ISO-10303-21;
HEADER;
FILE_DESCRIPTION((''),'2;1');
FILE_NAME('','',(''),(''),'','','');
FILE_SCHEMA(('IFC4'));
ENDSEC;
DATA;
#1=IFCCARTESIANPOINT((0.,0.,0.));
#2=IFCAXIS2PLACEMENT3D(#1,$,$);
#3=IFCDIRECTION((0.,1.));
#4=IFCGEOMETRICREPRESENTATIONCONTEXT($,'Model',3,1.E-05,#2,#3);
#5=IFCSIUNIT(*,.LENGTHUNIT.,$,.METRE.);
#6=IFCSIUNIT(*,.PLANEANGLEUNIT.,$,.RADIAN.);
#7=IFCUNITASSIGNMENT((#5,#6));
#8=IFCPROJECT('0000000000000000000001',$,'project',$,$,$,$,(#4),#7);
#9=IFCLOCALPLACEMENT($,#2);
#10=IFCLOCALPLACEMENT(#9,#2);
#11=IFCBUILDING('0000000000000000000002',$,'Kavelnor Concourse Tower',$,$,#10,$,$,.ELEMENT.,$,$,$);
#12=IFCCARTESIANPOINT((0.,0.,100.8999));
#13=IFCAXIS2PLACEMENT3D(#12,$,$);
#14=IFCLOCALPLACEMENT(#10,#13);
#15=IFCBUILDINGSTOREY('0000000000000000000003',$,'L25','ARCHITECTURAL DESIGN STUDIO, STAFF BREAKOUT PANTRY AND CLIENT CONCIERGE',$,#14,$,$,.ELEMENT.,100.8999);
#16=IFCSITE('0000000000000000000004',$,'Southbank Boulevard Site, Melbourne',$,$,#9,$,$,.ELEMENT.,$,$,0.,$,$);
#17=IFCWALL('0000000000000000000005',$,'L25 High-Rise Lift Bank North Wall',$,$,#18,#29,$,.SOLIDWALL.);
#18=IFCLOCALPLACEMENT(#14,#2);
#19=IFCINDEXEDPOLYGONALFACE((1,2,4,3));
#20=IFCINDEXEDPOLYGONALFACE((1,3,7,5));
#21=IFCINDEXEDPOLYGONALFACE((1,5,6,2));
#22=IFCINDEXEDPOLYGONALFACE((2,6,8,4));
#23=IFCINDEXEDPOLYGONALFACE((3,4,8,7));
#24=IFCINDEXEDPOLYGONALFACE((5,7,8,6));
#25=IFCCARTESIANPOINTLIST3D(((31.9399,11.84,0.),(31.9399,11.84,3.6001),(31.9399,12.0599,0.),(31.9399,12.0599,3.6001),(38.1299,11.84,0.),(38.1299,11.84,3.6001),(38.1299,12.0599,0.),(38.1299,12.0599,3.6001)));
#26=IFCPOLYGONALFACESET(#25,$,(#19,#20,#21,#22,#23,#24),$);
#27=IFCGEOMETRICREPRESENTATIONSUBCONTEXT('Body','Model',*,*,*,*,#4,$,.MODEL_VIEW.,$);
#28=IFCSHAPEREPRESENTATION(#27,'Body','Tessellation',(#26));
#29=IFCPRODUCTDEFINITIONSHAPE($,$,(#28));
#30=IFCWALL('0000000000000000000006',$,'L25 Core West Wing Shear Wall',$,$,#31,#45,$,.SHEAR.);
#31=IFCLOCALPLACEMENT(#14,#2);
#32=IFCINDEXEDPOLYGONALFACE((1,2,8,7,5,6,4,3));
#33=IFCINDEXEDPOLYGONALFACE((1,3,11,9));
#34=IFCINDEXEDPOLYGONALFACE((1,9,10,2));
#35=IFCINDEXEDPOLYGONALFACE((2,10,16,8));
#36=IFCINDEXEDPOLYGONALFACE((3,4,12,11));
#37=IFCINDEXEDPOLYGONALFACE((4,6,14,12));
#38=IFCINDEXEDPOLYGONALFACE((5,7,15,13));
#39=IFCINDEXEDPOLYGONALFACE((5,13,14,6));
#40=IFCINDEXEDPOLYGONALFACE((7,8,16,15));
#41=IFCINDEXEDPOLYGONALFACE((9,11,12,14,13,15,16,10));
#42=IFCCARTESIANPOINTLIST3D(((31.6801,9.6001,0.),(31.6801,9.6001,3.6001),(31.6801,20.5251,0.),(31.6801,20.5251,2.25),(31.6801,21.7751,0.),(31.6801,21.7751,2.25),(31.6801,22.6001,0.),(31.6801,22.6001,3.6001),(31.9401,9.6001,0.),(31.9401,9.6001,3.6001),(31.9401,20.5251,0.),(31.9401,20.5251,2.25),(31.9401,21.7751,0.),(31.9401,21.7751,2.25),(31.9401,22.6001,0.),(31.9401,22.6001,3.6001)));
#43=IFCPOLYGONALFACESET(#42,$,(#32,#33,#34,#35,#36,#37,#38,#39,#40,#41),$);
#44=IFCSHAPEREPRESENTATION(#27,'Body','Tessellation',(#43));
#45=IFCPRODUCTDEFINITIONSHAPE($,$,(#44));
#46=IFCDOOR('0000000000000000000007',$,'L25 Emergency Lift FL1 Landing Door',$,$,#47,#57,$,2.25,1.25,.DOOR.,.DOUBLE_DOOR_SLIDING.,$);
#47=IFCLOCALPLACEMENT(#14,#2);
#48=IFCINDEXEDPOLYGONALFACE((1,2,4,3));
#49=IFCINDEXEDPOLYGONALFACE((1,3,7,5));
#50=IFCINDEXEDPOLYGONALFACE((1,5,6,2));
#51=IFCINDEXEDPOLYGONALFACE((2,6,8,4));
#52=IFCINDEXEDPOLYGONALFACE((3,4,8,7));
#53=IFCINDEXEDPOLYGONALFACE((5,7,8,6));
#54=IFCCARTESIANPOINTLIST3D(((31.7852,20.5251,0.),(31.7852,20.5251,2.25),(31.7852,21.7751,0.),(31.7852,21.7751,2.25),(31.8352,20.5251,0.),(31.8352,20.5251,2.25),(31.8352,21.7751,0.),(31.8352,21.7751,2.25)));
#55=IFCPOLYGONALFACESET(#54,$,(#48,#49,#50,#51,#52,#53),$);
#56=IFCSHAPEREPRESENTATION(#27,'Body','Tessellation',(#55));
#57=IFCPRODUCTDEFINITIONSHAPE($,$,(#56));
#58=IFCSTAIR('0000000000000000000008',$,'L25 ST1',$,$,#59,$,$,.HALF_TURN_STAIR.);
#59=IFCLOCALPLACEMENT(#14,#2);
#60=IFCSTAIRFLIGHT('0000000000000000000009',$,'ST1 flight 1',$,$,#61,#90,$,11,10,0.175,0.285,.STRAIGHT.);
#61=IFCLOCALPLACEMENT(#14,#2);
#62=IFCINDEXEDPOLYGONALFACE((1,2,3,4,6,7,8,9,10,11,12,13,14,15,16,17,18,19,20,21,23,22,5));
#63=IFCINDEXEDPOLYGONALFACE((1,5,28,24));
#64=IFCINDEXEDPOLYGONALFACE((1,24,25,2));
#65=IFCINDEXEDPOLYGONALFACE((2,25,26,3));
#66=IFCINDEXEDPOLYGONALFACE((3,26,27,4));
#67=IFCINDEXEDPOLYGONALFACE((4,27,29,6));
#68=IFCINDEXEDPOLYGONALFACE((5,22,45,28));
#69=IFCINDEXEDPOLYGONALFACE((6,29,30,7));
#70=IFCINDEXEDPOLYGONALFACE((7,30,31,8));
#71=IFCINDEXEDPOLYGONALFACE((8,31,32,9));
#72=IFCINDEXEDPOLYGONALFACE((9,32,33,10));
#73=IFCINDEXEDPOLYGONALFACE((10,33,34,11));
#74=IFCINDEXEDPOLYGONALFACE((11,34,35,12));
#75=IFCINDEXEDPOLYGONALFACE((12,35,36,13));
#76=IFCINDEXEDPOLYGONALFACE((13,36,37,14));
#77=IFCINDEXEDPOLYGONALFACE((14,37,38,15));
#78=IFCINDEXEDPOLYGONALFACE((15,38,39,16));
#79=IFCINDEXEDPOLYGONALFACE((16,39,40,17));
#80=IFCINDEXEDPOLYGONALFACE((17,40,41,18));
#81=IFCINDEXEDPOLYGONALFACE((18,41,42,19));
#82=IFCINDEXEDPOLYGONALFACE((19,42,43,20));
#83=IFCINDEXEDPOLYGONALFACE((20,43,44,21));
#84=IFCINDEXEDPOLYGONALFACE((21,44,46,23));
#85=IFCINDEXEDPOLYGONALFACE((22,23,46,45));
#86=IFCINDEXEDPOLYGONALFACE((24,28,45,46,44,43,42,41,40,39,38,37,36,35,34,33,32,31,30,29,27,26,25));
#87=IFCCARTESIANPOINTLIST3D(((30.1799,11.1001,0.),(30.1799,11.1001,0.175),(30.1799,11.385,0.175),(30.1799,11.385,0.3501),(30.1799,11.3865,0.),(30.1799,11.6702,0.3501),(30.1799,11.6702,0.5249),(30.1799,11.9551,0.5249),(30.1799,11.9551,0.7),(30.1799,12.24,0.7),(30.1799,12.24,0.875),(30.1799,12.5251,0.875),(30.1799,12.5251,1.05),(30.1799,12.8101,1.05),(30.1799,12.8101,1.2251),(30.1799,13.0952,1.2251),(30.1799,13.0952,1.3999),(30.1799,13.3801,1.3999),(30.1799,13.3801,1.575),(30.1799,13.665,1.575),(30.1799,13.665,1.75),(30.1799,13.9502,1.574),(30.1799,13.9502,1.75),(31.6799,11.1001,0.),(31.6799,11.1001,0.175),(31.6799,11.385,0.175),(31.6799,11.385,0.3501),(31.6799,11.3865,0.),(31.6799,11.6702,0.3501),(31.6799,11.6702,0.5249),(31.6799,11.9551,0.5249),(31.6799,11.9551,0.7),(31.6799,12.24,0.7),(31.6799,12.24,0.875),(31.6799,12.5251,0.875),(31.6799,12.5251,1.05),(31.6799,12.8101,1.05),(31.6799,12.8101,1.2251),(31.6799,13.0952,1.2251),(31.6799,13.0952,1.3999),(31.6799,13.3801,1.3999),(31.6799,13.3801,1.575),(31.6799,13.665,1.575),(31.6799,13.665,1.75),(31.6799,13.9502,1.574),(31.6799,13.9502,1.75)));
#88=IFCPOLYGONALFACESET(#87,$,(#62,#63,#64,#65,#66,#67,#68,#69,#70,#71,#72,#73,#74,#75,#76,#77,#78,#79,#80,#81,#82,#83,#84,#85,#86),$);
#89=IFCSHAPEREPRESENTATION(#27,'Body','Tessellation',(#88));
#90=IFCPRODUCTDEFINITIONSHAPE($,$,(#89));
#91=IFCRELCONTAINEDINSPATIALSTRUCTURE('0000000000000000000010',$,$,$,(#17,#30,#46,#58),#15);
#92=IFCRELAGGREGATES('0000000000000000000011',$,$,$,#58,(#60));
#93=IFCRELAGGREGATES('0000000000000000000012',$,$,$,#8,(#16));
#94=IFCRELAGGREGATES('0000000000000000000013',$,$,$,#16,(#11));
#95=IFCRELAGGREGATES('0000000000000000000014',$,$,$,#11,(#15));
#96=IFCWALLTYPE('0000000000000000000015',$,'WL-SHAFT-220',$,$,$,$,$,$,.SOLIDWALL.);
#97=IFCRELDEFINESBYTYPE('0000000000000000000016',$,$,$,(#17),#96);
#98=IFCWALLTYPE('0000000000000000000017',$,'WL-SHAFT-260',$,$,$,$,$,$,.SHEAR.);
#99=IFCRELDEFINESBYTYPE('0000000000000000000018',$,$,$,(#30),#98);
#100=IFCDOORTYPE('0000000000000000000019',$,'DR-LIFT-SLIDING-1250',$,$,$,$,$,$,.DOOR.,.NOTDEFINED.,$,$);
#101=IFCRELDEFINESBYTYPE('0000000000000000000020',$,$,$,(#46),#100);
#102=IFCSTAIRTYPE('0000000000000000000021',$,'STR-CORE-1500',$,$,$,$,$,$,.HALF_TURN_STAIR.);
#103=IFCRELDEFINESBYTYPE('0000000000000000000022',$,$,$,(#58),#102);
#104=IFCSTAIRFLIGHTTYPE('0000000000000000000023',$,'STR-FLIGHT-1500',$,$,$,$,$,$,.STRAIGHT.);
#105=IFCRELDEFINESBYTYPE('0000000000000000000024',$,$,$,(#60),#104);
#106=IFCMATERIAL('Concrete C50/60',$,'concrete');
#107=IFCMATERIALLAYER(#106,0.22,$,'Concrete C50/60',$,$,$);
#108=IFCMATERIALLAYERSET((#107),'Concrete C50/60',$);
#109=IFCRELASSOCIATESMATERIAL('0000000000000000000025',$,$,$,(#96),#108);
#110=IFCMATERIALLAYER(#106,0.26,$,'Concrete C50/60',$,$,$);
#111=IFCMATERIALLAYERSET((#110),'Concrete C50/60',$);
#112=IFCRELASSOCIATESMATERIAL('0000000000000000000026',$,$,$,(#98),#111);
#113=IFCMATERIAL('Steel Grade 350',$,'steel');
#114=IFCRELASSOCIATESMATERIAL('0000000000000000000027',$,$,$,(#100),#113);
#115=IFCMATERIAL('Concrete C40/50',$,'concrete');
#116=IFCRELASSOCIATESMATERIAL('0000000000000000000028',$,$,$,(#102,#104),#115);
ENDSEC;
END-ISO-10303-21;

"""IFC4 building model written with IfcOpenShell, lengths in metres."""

from ifc_helpers import new_model, si_unit, direction, frame, frame_2d, origin, place, context, subcontext, project, spatial, polyline, rectangle, outline, extrude, material, layer, layer_set, type_object, element, fill, aggregate, save


model = new_model("IFC4")

# Units and contexts
model_context = context("Model", 3, precision=1e-05, world=origin(), true_north=direction((0.0, 1.0)))
body_context = subcontext(model_context, "Body", "Model", "MODEL_VIEW")
ifc_project = project(units=[si_unit("LENGTHUNIT", "METRE"), si_unit("PLANEANGLEUNIT", "RADIAN")], contexts=[model_context])

# Site, building, storey
site_placement = place(None, origin())
site = spatial("IfcSite", under=ifc_project, at=site_placement, Name="Southbank Boulevard Site, Melbourne", CompositionType="ELEMENT", RefElevation=0.0)
building_placement = place(site_placement, origin())
building = spatial("IfcBuilding", under=site, at=building_placement, Name="Kavelnor Concourse Tower", CompositionType="ELEMENT")
storey_placement = place(building_placement, frame((0.0, 0.0, 100.8999)))
storey = spatial("IfcBuildingStorey", under=building, at=storey_placement, Name="L25", Description="ARCHITECTURAL DESIGN STUDIO, STAFF BREAKOUT PANTRY AND CLIENT CONCIERGE", CompositionType="ELEMENT", Elevation=100.8999)

# Shared definitions
ifc_material_1 = material(Name="Steel Grade 350", Category="steel")

# Wall
ifc_material_2 = material(Name="Concrete C50/60", Category="concrete")
ifc_layer_1 = layer(ifc_material_2, 0.22, Name="Concrete C50/60")
ifc_layer_set_1 = layer_set([ifc_layer_1], Name="Concrete C50/60")
wall_type_1 = type_object("IfcWallType", Name="WL-SHAFT-220", PredefinedType="SOLIDWALL", material=ifc_layer_set_1)
wall_1_placement = place(storey_placement, frame((31.9399, 11.95, 0.0), z_axis=(0.0, 0.0, 1.0), x_axis=(1.0, 0.0, 0.0)))
element("IfcWall", 1, at=wall_1_placement, inside=storey, type_object=wall_type_1, Name="L25 High-Rise Lift Bank North Wall", PredefinedType="SOLIDWALL", context=body_context, shape_type="SweptSolid", body=[
    extrude(rectangle(XDim=6.1899, YDim=0.22, at=frame_2d((3.095, 0.0))), origin(), (0.0, 0.0, 1.0), 3.6001),
])

# Wall, opening, door
ifc_layer_2 = layer(ifc_material_2, 0.26, Name="Concrete C50/60")
ifc_layer_set_2 = layer_set([ifc_layer_2], Name="Concrete C50/60")
wall_type_2 = type_object("IfcWallType", Name="WL-SHAFT-260", PredefinedType="SHEAR", material=ifc_layer_set_2)
wall_2_placement = place(storey_placement, frame((31.8101, 9.6001, 0.0), z_axis=(0.0, 0.0, 1.0), x_axis=(0.0, 1.0, 0.0)))
wall_2 = element("IfcWall", 2, at=wall_2_placement, inside=storey, type_object=wall_type_2, Name="L25 Core West Wing Shear Wall", PredefinedType="SHEAR", context=body_context, shape_type="SweptSolid", body=[
    extrude(rectangle(XDim=13.0, YDim=0.26, at=frame_2d((6.5, 0.0))), origin(), (0.0, 0.0, 1.0), 3.6001),
])
opening_1_placement = place(wall_2_placement, frame((10.925, 0.0, 0.0)))
opening_1 = element("IfcOpeningElement", 3, at=opening_1_placement, cuts=wall_2, PredefinedType="OPENING", context=body_context, shape_type="SweptSolid", body=[
    extrude(rectangle(XDim=1.25, YDim=2.25, at=frame_2d((0.625, 1.125))), frame((0.0, 0.1401, 0.0), z_axis=(0.0, -1.0, 0.0), x_axis=(1.0, 0.0, 0.0)), (0.0, 0.0, 1.0), 0.28),
])
door_type_1 = type_object("IfcDoorType", Name="DR-LIFT-SLIDING-1250", OperationType="NOTDEFINED", PredefinedType="DOOR", material=ifc_material_1)
door_1_placement = place(opening_1_placement, origin())
door_1 = element("IfcDoor", 4, at=door_1_placement, inside=storey, type_object=door_type_1, Name="L25 Emergency Lift FL1 Landing Door", OperationType="DOUBLE_DOOR_SLIDING", OverallHeight=2.25, OverallWidth=1.25, PredefinedType="DOOR", context=body_context, shape_type="SweptSolid", body=[
    extrude(rectangle(XDim=1.25, YDim=2.25, at=frame_2d((0.625, 1.125))), frame((0.0, 0.0249, 0.0), z_axis=(0.0, -1.0, 0.0), x_axis=(1.0, 0.0, 0.0)), (0.0, 0.0, 1.0), 0.05),
])
fill(opening_1, door_1)

# Stair, stair flight
ifc_material_3 = material(Name="Concrete C40/50", Category="concrete")
stair_type = type_object("IfcStairType", Name="STR-CORE-1500", PredefinedType="HALF_TURN_STAIR", material=ifc_material_3)
stair_placement = place(storey_placement, origin())
stair = element("IfcStair", 5, at=stair_placement, inside=storey, type_object=stair_type, Name="L25 ST1", PredefinedType="HALF_TURN_STAIR")
stair_flight_type = type_object("IfcStairFlightType", Name="STR-FLIGHT-1500", PredefinedType="STRAIGHT", material=ifc_material_3)
stair_flight_placement = place(storey_placement, frame((30.9299, 11.1001, 0.0), z_axis=(0.0, 0.0, 1.0), x_axis=(0.0, 1.0, 0.0)))
stair_flight = element("IfcStairFlight", 6, at=stair_flight_placement, type_object=stair_flight_type, Name="ST1 flight 1", NumberOfRisers=11, NumberOfTreads=10, PredefinedType="STRAIGHT", RiserHeight=0.175, TreadLength=0.285, context=body_context, shape_type="SweptSolid", body=[
    extrude(outline(polyline([(0.0, 0.0), (0.0, 0.175), (0.2849, 0.175), (0.2849, 0.3501), (0.5701, 0.3501), (0.5701, 0.5249), (0.855, 0.5249), (0.855, 0.7), (1.1399, 0.7), (1.1399, 0.875), (1.425, 0.875), (1.425, 1.05), (1.71, 1.05), (1.71, 1.2251), (1.9951, 1.2251), (1.9951, 1.3999), (2.28, 1.3999), (2.28, 1.575), (2.5649, 1.575), (2.5649, 1.75), (2.8501, 1.75), (2.8501, 1.925), (2.8501, 1.574), (0.2864, 0.0), (0.0, 0.0)])), frame((0.0, 0.75, 0.0), z_axis=(0.0, -1.0, 0.0), x_axis=(1.0, 0.0, 0.0)), (0.0, 0.0, 1.0), 1.5),
])
aggregate(stair, [stair_flight])

save(model, "model.ifc")
